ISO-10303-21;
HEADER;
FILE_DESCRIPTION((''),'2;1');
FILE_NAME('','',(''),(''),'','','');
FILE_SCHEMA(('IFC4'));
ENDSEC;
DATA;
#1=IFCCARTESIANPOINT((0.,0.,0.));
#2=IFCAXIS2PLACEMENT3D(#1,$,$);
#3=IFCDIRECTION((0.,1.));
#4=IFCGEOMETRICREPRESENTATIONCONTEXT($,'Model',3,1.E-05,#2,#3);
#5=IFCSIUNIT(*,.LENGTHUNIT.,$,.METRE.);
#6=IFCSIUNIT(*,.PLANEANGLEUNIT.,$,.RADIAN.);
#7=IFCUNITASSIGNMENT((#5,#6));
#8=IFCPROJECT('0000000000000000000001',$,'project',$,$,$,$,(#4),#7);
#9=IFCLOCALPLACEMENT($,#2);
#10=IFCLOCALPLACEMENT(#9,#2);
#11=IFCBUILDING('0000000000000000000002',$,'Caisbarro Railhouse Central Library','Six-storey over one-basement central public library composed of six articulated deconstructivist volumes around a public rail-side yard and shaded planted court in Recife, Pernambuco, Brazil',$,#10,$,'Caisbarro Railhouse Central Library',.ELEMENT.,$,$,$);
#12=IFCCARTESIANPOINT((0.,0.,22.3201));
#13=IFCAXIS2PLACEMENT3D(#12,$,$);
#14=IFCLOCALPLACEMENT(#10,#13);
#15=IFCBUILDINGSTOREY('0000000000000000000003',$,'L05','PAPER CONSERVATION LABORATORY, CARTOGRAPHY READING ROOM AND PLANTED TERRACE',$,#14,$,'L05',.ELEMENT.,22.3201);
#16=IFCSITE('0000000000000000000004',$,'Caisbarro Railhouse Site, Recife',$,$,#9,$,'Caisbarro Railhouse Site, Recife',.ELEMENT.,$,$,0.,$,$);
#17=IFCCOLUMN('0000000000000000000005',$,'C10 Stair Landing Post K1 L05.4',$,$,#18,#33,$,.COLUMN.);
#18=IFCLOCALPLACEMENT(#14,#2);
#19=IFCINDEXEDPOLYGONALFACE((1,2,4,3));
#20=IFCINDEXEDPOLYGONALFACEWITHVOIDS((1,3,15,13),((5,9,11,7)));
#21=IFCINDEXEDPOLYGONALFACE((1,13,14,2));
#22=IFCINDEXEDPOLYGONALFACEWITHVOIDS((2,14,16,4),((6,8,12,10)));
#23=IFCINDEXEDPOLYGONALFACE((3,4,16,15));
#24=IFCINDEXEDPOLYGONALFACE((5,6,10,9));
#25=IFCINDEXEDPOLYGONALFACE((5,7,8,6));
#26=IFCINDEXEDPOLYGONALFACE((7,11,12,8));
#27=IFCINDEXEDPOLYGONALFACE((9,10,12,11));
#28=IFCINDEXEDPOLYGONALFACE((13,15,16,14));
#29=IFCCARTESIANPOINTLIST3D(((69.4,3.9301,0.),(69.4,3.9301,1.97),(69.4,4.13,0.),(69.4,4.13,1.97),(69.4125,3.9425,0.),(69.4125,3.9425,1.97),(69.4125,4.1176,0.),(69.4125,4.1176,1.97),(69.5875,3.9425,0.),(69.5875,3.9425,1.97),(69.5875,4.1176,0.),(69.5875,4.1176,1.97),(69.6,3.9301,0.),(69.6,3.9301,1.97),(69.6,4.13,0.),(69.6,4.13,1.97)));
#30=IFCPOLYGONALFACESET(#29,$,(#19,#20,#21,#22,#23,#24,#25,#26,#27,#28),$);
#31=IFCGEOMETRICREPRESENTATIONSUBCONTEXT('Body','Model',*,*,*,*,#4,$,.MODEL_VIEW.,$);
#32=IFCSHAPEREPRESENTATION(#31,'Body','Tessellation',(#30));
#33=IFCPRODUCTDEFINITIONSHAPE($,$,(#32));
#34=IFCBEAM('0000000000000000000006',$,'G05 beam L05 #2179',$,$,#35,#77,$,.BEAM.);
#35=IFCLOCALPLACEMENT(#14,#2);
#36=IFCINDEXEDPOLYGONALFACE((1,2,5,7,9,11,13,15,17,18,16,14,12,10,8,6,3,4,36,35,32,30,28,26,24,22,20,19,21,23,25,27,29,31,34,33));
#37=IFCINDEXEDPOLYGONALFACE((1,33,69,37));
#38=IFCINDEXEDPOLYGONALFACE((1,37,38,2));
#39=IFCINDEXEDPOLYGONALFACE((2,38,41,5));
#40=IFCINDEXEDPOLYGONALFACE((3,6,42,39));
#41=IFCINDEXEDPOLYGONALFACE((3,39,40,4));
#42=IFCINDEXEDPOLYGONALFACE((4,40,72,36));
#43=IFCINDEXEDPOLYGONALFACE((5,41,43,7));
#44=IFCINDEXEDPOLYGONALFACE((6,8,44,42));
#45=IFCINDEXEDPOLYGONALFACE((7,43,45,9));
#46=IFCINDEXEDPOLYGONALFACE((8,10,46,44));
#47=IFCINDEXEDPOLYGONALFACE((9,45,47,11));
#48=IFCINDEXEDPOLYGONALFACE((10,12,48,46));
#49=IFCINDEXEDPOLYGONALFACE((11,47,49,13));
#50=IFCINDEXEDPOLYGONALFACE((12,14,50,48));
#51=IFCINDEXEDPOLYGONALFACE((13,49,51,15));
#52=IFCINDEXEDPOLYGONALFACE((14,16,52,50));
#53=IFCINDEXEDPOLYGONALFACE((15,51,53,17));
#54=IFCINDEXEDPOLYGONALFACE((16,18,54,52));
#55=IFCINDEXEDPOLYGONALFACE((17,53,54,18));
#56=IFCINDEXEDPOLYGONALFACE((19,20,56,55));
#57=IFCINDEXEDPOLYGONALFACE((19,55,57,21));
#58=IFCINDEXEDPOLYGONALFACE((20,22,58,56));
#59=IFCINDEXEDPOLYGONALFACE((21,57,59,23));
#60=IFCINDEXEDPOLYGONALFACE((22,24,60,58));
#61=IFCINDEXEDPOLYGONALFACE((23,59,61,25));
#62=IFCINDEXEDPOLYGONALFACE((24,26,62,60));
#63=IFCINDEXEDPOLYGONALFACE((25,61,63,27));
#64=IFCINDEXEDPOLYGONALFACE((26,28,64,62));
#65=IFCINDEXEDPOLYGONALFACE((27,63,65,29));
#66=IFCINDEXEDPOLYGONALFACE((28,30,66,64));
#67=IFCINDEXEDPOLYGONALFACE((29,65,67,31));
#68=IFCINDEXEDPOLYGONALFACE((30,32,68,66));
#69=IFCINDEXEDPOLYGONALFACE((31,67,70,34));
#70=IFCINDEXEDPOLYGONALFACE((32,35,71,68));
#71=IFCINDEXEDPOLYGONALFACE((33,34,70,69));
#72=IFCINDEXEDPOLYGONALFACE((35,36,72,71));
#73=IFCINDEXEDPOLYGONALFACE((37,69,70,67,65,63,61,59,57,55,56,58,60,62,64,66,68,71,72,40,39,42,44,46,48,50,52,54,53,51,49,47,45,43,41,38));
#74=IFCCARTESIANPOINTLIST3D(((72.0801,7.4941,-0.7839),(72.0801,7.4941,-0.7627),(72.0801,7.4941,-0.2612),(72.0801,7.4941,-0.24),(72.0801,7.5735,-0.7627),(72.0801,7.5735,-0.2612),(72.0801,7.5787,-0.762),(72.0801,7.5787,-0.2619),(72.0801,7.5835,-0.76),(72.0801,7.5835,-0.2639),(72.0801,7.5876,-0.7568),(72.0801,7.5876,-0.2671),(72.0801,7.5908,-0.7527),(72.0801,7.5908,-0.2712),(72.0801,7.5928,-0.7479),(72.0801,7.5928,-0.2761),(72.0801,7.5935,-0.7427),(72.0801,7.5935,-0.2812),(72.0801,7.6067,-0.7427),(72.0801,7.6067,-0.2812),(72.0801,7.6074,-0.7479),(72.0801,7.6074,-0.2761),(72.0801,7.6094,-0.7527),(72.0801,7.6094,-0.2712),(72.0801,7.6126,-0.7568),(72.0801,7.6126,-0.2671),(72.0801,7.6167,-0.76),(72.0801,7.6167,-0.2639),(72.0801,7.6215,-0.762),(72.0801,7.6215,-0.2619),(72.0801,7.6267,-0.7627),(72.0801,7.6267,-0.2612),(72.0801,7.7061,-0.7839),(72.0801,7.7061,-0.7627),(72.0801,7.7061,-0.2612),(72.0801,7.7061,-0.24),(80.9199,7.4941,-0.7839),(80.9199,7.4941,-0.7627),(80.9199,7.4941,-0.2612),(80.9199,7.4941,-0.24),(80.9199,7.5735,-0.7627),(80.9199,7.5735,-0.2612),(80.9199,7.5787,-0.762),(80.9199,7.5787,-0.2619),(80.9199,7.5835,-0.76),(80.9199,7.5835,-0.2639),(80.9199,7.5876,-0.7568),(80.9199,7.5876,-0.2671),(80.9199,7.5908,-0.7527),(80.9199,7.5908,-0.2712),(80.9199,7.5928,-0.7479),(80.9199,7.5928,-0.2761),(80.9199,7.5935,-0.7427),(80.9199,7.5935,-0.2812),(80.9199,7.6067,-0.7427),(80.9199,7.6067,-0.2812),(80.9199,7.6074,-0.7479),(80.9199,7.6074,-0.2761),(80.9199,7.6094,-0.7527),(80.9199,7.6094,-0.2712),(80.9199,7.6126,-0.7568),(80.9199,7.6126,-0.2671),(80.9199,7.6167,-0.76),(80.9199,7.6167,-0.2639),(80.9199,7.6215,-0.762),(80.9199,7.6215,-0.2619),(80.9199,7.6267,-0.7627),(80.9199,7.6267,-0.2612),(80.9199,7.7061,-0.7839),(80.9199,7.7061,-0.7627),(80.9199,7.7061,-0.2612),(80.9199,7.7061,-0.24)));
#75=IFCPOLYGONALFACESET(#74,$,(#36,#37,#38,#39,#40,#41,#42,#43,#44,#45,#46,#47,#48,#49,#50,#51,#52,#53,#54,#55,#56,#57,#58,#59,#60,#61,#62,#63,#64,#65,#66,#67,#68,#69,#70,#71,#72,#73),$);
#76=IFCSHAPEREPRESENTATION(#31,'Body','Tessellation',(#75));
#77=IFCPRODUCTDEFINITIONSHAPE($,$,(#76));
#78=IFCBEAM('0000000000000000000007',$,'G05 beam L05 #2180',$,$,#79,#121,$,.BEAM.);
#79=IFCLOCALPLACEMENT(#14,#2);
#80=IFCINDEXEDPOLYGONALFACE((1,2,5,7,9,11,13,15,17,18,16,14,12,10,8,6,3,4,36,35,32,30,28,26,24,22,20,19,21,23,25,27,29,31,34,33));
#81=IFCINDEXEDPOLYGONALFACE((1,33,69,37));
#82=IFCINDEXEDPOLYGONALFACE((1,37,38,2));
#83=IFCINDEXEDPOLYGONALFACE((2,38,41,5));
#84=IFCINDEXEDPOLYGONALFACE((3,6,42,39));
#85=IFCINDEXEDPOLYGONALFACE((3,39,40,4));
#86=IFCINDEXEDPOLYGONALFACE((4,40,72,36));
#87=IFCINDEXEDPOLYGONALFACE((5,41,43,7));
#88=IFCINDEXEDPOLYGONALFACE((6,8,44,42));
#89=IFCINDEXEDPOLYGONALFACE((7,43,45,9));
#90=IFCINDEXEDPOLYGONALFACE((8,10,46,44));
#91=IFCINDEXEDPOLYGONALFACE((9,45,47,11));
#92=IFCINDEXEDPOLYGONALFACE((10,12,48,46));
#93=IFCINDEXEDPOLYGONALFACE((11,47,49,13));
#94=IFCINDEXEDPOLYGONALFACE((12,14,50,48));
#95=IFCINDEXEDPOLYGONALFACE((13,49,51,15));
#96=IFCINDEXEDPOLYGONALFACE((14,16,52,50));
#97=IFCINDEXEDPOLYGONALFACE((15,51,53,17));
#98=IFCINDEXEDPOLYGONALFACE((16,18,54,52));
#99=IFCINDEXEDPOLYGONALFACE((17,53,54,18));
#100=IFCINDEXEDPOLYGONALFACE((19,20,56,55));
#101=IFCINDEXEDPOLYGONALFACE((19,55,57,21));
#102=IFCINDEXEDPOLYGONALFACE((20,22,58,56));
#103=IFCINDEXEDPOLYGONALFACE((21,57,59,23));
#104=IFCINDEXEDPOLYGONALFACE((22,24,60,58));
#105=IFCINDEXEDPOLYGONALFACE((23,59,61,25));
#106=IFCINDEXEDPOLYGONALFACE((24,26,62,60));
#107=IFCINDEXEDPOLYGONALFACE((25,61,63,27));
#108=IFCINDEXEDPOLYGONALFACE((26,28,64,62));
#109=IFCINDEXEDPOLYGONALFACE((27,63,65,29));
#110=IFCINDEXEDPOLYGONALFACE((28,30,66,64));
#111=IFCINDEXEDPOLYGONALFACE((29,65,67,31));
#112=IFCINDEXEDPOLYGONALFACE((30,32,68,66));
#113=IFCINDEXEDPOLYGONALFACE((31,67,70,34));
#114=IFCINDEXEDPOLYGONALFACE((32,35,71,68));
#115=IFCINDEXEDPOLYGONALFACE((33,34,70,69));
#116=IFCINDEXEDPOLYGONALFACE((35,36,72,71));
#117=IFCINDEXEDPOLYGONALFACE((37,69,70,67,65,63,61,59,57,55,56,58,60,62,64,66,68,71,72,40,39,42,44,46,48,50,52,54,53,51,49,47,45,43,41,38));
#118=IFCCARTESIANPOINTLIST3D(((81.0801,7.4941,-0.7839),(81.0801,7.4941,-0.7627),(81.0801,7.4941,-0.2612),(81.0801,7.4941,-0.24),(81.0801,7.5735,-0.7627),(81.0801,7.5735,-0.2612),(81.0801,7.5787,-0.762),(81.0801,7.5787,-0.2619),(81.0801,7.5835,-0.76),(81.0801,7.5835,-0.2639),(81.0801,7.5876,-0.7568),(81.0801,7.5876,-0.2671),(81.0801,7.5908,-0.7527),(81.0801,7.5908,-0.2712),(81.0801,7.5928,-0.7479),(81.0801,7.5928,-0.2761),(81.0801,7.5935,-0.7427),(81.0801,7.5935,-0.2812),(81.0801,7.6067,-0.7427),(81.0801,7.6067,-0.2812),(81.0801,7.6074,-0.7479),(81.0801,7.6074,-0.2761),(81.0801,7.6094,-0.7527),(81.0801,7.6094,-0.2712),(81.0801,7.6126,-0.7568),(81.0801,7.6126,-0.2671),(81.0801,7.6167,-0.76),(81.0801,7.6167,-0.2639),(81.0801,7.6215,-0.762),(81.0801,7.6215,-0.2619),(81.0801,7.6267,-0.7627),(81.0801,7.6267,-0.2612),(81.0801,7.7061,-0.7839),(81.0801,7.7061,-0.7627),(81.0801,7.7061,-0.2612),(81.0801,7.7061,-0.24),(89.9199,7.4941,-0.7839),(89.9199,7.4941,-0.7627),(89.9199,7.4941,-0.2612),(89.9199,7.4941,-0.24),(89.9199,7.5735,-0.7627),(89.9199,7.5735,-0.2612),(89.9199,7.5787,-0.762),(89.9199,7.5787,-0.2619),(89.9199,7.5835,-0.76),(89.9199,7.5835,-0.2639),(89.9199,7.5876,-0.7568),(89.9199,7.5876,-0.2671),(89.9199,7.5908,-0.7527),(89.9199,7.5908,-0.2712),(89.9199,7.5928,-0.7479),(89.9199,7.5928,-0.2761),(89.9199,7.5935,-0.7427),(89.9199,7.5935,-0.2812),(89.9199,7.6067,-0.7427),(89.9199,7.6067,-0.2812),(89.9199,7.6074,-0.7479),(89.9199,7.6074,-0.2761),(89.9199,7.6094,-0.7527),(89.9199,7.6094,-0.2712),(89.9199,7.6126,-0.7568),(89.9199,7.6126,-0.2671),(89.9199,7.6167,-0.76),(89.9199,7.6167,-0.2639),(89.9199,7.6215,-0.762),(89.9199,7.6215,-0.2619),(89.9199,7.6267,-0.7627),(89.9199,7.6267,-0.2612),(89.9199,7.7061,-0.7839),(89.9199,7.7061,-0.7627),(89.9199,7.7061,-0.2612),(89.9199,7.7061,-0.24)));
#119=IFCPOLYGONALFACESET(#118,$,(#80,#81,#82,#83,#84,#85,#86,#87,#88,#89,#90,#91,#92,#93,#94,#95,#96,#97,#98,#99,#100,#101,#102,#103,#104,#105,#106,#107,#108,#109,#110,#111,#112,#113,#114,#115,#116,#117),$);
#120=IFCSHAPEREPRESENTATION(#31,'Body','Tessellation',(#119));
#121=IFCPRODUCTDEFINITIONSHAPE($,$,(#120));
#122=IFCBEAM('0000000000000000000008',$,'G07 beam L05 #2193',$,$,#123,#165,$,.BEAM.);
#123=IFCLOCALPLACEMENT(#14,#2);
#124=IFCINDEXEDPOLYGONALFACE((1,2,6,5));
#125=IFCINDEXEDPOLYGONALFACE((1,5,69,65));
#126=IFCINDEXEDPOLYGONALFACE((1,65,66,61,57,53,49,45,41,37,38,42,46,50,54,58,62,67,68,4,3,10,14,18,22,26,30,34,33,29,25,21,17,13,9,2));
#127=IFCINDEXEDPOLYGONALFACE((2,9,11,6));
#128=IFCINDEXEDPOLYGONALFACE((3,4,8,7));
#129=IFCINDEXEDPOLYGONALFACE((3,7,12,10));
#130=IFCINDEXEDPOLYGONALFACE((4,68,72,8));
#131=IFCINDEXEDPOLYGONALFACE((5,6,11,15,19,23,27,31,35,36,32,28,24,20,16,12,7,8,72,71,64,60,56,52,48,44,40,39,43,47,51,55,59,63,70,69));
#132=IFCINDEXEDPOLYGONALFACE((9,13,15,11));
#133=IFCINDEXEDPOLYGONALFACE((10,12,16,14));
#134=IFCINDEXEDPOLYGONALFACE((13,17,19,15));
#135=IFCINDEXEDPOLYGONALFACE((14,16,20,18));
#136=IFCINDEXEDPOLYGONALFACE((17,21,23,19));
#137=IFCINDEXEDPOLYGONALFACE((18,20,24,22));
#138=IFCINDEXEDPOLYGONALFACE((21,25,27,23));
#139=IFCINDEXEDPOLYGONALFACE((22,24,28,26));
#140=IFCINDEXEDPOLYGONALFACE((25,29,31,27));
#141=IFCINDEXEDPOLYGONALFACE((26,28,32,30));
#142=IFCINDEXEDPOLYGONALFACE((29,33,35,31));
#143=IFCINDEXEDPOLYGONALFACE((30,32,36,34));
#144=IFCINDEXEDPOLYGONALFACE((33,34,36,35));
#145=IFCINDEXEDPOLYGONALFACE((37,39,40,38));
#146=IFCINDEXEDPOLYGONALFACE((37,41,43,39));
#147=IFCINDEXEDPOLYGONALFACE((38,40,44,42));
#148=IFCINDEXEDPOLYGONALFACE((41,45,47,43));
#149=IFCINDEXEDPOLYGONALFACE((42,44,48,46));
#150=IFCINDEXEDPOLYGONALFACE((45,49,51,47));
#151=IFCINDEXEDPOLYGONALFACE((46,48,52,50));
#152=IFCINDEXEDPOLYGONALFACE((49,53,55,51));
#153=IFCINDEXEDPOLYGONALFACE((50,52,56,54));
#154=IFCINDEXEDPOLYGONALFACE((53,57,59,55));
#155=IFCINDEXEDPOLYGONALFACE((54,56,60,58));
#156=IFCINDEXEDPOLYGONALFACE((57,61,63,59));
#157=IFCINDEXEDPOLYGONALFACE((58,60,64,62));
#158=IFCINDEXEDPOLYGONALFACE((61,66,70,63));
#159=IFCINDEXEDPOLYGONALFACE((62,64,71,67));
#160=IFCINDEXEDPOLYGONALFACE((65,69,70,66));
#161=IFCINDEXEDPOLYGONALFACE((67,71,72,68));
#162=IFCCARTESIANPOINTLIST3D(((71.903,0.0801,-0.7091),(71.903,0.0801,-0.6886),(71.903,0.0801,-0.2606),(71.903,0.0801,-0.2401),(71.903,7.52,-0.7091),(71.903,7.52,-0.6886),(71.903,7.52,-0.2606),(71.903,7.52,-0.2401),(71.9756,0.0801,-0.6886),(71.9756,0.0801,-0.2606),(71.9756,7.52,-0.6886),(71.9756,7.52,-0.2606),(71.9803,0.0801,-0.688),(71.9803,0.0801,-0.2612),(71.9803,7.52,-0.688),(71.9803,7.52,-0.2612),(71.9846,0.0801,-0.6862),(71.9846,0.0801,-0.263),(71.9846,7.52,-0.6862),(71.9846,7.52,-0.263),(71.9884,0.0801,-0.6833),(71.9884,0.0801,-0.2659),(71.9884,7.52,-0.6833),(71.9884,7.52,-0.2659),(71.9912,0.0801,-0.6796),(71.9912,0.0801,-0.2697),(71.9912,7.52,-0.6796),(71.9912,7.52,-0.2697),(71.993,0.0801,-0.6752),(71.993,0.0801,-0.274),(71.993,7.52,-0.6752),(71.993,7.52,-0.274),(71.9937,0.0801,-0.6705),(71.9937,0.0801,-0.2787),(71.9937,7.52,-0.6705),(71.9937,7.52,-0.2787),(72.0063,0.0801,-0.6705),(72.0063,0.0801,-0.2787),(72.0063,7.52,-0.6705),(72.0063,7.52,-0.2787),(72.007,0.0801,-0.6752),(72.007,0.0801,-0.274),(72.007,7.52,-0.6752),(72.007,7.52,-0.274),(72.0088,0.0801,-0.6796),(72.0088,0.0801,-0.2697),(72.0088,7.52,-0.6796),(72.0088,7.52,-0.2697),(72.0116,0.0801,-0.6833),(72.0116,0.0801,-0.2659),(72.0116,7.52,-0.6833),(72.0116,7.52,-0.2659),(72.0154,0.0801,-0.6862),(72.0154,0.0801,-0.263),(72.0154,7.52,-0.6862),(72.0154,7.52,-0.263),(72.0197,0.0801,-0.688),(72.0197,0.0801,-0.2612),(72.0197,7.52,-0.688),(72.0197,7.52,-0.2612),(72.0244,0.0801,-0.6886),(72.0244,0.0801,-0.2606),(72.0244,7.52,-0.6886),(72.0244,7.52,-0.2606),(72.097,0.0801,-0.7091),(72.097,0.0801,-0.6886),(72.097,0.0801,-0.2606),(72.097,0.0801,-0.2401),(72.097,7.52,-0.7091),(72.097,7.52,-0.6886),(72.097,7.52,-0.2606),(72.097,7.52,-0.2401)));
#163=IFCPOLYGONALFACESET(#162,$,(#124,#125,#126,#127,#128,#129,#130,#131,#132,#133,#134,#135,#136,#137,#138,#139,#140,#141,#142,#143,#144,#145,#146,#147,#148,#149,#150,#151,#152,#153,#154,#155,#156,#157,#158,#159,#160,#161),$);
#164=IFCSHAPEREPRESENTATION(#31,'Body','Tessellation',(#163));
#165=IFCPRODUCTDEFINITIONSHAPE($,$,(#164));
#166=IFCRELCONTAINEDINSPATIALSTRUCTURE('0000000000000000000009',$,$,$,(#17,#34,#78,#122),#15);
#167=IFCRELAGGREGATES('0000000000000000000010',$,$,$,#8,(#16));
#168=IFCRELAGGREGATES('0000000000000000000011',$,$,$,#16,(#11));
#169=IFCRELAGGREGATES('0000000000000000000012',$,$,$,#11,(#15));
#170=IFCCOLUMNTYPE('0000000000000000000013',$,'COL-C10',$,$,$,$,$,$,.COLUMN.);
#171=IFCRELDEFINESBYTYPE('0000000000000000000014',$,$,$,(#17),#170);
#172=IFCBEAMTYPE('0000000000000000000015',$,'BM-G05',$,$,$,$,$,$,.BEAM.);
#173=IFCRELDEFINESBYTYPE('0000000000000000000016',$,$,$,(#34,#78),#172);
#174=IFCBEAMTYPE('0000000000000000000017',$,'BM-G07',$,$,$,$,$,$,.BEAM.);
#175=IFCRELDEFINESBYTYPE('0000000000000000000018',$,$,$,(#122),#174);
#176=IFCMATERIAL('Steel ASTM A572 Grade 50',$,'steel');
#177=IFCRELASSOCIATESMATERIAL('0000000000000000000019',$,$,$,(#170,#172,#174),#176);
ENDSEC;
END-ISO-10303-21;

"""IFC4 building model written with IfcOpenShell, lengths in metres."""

from ifc_helpers import new_model, si_unit, direction, frame, origin, origin_2d, place, context, subcontext, project, spatial, hollow_rectangle, i_section, extrude, material, material_profile, profile_set, type_object, element, save


model = new_model("IFC4")

# Units and contexts
model_context = context("Model", 3, precision=1e-05, world=origin(), true_north=direction((0.0, 1.0)))
body_context = subcontext(model_context, "Body", "Model", "MODEL_VIEW")
ifc_project = project(units=[si_unit("LENGTHUNIT", "METRE"), si_unit("PLANEANGLEUNIT", "RADIAN")], contexts=[model_context])

# Site, building, storey
site_placement = place(None, origin())
site = spatial("IfcSite", under=ifc_project, at=site_placement, Name="Caisbarro Railhouse Site, Recife", LongName="Caisbarro Railhouse Site, Recife", CompositionType="ELEMENT", RefElevation=0.0)
building_placement = place(site_placement, origin())
building = spatial("IfcBuilding", under=site, at=building_placement, Name="Caisbarro Railhouse Central Library", Description="Six-storey over one-basement central public library composed of six articulated deconstructivist volumes around a public rail-side yard and shaded planted court in Recife, Pernambuco, Brazil", LongName="Caisbarro Railhouse Central Library", CompositionType="ELEMENT")
storey_placement = place(building_placement, frame((0.0, 0.0, 22.3201)))
storey = spatial("IfcBuildingStorey", under=building, at=storey_placement, Name="L05", Description="PAPER CONSERVATION LABORATORY, CARTOGRAPHY READING ROOM AND PLANTED TERRACE", LongName="L05", CompositionType="ELEMENT", Elevation=22.3201)

# Column
ifc_material_1 = material(Name="Steel ASTM A572 Grade 50", Category="steel")
ifc_material_profile_1 = material_profile(ifc_material_1, hollow_rectangle(XDim=0.2, YDim=0.2, WallThickness=0.0125, at=origin_2d()), Name="HSS200X200X12.5")
ifc_profile_set_1 = profile_set([ifc_material_profile_1], Name="Steel ASTM A572 Grade 50")
column_type_1 = type_object("IfcColumnType", Name="COL-C10", PredefinedType="COLUMN", material=ifc_profile_set_1)
for number, where, z_axis, x_axis, name in (
    (1, (69.5, 4.03, 0.0), (0.0, 0.0, 1.0), (1.0, 0.0, 0.0), "C10 Stair Landing Post K1 L05.4"),
):
    element("IfcColumn", number, at=place(storey_placement, frame(where, z_axis=z_axis, x_axis=x_axis)), inside=storey, type_object=column_type_1, Name=name, PredefinedType="COLUMN", context=body_context, shape_type="SweptSolid", body=[
        extrude(hollow_rectangle(XDim=0.2, YDim=0.2, WallThickness=0.0125, at=origin_2d()), origin(), (0.0, 0.0, 1.0), 1.97),
    ])

# Beams
ifc_material_profile_2 = material_profile(ifc_material_1, i_section(OverallWidth=0.2119, OverallDepth=0.5439, WebThickness=0.0132, FlangeThickness=0.0212, FilletRadius=0.02, at=origin_2d()), Name="W530X123.0")
ifc_profile_set_2 = profile_set([ifc_material_profile_2], Name="Steel ASTM A572 Grade 50")
beam_type_1 = type_object("IfcBeamType", Name="BM-G05", PredefinedType="BEAM", material=ifc_profile_set_2)
for number, where, z_axis, x_axis, name in (
    (2, (72.0801, 7.6001, -0.512), (1.0, 0.0, 0.0), (0.0, 1.0, 0.0), "G05 beam L05 #2179"),
    (3, (81.0801, 7.6001, -0.512), (1.0, 0.0, 0.0), (0.0, 1.0, 0.0), "G05 beam L05 #2180"),
):
    element("IfcBeam", number, at=place(storey_placement, frame(where, z_axis=z_axis, x_axis=x_axis)), inside=storey, type_object=beam_type_1, Name=name, PredefinedType="BEAM", context=body_context, shape_type="SweptSolid", body=[
        extrude(i_section(OverallWidth=0.2119, OverallDepth=0.5439, WebThickness=0.0132, FlangeThickness=0.0212, FilletRadius=0.02, at=origin_2d()), origin(), (0.0, 0.0, 1.0), 8.8398),
    ])
ifc_material_profile_3 = material_profile(ifc_material_1, i_section(OverallWidth=0.1941, OverallDepth=0.469, WebThickness=0.0127, FlangeThickness=0.0205, FilletRadius=0.0181, at=origin_2d()), Name="W460X106.0")
ifc_profile_set_3 = profile_set([ifc_material_profile_3], Name="Steel ASTM A572 Grade 50")
beam_type_2 = type_object("IfcBeamType", Name="BM-G07", PredefinedType="BEAM", material=ifc_profile_set_3)
beam_1_placement = place(storey_placement, frame((72.0, 0.0801, -0.4746), z_axis=(0.0, 1.0, 0.0), x_axis=(-1.0, 0.0, 0.0)))
element("IfcBeam", 4, at=beam_1_placement, inside=storey, type_object=beam_type_2, Name="G07 beam L05 #2193", PredefinedType="BEAM", context=body_context, shape_type="SweptSolid", body=[
    extrude(i_section(OverallWidth=0.1941, OverallDepth=0.469, WebThickness=0.0127, FlangeThickness=0.0205, FilletRadius=0.0181, at=origin_2d()), origin(), (0.0, 0.0, 1.0), 7.4399),
])

save(model, "model.ifc")
